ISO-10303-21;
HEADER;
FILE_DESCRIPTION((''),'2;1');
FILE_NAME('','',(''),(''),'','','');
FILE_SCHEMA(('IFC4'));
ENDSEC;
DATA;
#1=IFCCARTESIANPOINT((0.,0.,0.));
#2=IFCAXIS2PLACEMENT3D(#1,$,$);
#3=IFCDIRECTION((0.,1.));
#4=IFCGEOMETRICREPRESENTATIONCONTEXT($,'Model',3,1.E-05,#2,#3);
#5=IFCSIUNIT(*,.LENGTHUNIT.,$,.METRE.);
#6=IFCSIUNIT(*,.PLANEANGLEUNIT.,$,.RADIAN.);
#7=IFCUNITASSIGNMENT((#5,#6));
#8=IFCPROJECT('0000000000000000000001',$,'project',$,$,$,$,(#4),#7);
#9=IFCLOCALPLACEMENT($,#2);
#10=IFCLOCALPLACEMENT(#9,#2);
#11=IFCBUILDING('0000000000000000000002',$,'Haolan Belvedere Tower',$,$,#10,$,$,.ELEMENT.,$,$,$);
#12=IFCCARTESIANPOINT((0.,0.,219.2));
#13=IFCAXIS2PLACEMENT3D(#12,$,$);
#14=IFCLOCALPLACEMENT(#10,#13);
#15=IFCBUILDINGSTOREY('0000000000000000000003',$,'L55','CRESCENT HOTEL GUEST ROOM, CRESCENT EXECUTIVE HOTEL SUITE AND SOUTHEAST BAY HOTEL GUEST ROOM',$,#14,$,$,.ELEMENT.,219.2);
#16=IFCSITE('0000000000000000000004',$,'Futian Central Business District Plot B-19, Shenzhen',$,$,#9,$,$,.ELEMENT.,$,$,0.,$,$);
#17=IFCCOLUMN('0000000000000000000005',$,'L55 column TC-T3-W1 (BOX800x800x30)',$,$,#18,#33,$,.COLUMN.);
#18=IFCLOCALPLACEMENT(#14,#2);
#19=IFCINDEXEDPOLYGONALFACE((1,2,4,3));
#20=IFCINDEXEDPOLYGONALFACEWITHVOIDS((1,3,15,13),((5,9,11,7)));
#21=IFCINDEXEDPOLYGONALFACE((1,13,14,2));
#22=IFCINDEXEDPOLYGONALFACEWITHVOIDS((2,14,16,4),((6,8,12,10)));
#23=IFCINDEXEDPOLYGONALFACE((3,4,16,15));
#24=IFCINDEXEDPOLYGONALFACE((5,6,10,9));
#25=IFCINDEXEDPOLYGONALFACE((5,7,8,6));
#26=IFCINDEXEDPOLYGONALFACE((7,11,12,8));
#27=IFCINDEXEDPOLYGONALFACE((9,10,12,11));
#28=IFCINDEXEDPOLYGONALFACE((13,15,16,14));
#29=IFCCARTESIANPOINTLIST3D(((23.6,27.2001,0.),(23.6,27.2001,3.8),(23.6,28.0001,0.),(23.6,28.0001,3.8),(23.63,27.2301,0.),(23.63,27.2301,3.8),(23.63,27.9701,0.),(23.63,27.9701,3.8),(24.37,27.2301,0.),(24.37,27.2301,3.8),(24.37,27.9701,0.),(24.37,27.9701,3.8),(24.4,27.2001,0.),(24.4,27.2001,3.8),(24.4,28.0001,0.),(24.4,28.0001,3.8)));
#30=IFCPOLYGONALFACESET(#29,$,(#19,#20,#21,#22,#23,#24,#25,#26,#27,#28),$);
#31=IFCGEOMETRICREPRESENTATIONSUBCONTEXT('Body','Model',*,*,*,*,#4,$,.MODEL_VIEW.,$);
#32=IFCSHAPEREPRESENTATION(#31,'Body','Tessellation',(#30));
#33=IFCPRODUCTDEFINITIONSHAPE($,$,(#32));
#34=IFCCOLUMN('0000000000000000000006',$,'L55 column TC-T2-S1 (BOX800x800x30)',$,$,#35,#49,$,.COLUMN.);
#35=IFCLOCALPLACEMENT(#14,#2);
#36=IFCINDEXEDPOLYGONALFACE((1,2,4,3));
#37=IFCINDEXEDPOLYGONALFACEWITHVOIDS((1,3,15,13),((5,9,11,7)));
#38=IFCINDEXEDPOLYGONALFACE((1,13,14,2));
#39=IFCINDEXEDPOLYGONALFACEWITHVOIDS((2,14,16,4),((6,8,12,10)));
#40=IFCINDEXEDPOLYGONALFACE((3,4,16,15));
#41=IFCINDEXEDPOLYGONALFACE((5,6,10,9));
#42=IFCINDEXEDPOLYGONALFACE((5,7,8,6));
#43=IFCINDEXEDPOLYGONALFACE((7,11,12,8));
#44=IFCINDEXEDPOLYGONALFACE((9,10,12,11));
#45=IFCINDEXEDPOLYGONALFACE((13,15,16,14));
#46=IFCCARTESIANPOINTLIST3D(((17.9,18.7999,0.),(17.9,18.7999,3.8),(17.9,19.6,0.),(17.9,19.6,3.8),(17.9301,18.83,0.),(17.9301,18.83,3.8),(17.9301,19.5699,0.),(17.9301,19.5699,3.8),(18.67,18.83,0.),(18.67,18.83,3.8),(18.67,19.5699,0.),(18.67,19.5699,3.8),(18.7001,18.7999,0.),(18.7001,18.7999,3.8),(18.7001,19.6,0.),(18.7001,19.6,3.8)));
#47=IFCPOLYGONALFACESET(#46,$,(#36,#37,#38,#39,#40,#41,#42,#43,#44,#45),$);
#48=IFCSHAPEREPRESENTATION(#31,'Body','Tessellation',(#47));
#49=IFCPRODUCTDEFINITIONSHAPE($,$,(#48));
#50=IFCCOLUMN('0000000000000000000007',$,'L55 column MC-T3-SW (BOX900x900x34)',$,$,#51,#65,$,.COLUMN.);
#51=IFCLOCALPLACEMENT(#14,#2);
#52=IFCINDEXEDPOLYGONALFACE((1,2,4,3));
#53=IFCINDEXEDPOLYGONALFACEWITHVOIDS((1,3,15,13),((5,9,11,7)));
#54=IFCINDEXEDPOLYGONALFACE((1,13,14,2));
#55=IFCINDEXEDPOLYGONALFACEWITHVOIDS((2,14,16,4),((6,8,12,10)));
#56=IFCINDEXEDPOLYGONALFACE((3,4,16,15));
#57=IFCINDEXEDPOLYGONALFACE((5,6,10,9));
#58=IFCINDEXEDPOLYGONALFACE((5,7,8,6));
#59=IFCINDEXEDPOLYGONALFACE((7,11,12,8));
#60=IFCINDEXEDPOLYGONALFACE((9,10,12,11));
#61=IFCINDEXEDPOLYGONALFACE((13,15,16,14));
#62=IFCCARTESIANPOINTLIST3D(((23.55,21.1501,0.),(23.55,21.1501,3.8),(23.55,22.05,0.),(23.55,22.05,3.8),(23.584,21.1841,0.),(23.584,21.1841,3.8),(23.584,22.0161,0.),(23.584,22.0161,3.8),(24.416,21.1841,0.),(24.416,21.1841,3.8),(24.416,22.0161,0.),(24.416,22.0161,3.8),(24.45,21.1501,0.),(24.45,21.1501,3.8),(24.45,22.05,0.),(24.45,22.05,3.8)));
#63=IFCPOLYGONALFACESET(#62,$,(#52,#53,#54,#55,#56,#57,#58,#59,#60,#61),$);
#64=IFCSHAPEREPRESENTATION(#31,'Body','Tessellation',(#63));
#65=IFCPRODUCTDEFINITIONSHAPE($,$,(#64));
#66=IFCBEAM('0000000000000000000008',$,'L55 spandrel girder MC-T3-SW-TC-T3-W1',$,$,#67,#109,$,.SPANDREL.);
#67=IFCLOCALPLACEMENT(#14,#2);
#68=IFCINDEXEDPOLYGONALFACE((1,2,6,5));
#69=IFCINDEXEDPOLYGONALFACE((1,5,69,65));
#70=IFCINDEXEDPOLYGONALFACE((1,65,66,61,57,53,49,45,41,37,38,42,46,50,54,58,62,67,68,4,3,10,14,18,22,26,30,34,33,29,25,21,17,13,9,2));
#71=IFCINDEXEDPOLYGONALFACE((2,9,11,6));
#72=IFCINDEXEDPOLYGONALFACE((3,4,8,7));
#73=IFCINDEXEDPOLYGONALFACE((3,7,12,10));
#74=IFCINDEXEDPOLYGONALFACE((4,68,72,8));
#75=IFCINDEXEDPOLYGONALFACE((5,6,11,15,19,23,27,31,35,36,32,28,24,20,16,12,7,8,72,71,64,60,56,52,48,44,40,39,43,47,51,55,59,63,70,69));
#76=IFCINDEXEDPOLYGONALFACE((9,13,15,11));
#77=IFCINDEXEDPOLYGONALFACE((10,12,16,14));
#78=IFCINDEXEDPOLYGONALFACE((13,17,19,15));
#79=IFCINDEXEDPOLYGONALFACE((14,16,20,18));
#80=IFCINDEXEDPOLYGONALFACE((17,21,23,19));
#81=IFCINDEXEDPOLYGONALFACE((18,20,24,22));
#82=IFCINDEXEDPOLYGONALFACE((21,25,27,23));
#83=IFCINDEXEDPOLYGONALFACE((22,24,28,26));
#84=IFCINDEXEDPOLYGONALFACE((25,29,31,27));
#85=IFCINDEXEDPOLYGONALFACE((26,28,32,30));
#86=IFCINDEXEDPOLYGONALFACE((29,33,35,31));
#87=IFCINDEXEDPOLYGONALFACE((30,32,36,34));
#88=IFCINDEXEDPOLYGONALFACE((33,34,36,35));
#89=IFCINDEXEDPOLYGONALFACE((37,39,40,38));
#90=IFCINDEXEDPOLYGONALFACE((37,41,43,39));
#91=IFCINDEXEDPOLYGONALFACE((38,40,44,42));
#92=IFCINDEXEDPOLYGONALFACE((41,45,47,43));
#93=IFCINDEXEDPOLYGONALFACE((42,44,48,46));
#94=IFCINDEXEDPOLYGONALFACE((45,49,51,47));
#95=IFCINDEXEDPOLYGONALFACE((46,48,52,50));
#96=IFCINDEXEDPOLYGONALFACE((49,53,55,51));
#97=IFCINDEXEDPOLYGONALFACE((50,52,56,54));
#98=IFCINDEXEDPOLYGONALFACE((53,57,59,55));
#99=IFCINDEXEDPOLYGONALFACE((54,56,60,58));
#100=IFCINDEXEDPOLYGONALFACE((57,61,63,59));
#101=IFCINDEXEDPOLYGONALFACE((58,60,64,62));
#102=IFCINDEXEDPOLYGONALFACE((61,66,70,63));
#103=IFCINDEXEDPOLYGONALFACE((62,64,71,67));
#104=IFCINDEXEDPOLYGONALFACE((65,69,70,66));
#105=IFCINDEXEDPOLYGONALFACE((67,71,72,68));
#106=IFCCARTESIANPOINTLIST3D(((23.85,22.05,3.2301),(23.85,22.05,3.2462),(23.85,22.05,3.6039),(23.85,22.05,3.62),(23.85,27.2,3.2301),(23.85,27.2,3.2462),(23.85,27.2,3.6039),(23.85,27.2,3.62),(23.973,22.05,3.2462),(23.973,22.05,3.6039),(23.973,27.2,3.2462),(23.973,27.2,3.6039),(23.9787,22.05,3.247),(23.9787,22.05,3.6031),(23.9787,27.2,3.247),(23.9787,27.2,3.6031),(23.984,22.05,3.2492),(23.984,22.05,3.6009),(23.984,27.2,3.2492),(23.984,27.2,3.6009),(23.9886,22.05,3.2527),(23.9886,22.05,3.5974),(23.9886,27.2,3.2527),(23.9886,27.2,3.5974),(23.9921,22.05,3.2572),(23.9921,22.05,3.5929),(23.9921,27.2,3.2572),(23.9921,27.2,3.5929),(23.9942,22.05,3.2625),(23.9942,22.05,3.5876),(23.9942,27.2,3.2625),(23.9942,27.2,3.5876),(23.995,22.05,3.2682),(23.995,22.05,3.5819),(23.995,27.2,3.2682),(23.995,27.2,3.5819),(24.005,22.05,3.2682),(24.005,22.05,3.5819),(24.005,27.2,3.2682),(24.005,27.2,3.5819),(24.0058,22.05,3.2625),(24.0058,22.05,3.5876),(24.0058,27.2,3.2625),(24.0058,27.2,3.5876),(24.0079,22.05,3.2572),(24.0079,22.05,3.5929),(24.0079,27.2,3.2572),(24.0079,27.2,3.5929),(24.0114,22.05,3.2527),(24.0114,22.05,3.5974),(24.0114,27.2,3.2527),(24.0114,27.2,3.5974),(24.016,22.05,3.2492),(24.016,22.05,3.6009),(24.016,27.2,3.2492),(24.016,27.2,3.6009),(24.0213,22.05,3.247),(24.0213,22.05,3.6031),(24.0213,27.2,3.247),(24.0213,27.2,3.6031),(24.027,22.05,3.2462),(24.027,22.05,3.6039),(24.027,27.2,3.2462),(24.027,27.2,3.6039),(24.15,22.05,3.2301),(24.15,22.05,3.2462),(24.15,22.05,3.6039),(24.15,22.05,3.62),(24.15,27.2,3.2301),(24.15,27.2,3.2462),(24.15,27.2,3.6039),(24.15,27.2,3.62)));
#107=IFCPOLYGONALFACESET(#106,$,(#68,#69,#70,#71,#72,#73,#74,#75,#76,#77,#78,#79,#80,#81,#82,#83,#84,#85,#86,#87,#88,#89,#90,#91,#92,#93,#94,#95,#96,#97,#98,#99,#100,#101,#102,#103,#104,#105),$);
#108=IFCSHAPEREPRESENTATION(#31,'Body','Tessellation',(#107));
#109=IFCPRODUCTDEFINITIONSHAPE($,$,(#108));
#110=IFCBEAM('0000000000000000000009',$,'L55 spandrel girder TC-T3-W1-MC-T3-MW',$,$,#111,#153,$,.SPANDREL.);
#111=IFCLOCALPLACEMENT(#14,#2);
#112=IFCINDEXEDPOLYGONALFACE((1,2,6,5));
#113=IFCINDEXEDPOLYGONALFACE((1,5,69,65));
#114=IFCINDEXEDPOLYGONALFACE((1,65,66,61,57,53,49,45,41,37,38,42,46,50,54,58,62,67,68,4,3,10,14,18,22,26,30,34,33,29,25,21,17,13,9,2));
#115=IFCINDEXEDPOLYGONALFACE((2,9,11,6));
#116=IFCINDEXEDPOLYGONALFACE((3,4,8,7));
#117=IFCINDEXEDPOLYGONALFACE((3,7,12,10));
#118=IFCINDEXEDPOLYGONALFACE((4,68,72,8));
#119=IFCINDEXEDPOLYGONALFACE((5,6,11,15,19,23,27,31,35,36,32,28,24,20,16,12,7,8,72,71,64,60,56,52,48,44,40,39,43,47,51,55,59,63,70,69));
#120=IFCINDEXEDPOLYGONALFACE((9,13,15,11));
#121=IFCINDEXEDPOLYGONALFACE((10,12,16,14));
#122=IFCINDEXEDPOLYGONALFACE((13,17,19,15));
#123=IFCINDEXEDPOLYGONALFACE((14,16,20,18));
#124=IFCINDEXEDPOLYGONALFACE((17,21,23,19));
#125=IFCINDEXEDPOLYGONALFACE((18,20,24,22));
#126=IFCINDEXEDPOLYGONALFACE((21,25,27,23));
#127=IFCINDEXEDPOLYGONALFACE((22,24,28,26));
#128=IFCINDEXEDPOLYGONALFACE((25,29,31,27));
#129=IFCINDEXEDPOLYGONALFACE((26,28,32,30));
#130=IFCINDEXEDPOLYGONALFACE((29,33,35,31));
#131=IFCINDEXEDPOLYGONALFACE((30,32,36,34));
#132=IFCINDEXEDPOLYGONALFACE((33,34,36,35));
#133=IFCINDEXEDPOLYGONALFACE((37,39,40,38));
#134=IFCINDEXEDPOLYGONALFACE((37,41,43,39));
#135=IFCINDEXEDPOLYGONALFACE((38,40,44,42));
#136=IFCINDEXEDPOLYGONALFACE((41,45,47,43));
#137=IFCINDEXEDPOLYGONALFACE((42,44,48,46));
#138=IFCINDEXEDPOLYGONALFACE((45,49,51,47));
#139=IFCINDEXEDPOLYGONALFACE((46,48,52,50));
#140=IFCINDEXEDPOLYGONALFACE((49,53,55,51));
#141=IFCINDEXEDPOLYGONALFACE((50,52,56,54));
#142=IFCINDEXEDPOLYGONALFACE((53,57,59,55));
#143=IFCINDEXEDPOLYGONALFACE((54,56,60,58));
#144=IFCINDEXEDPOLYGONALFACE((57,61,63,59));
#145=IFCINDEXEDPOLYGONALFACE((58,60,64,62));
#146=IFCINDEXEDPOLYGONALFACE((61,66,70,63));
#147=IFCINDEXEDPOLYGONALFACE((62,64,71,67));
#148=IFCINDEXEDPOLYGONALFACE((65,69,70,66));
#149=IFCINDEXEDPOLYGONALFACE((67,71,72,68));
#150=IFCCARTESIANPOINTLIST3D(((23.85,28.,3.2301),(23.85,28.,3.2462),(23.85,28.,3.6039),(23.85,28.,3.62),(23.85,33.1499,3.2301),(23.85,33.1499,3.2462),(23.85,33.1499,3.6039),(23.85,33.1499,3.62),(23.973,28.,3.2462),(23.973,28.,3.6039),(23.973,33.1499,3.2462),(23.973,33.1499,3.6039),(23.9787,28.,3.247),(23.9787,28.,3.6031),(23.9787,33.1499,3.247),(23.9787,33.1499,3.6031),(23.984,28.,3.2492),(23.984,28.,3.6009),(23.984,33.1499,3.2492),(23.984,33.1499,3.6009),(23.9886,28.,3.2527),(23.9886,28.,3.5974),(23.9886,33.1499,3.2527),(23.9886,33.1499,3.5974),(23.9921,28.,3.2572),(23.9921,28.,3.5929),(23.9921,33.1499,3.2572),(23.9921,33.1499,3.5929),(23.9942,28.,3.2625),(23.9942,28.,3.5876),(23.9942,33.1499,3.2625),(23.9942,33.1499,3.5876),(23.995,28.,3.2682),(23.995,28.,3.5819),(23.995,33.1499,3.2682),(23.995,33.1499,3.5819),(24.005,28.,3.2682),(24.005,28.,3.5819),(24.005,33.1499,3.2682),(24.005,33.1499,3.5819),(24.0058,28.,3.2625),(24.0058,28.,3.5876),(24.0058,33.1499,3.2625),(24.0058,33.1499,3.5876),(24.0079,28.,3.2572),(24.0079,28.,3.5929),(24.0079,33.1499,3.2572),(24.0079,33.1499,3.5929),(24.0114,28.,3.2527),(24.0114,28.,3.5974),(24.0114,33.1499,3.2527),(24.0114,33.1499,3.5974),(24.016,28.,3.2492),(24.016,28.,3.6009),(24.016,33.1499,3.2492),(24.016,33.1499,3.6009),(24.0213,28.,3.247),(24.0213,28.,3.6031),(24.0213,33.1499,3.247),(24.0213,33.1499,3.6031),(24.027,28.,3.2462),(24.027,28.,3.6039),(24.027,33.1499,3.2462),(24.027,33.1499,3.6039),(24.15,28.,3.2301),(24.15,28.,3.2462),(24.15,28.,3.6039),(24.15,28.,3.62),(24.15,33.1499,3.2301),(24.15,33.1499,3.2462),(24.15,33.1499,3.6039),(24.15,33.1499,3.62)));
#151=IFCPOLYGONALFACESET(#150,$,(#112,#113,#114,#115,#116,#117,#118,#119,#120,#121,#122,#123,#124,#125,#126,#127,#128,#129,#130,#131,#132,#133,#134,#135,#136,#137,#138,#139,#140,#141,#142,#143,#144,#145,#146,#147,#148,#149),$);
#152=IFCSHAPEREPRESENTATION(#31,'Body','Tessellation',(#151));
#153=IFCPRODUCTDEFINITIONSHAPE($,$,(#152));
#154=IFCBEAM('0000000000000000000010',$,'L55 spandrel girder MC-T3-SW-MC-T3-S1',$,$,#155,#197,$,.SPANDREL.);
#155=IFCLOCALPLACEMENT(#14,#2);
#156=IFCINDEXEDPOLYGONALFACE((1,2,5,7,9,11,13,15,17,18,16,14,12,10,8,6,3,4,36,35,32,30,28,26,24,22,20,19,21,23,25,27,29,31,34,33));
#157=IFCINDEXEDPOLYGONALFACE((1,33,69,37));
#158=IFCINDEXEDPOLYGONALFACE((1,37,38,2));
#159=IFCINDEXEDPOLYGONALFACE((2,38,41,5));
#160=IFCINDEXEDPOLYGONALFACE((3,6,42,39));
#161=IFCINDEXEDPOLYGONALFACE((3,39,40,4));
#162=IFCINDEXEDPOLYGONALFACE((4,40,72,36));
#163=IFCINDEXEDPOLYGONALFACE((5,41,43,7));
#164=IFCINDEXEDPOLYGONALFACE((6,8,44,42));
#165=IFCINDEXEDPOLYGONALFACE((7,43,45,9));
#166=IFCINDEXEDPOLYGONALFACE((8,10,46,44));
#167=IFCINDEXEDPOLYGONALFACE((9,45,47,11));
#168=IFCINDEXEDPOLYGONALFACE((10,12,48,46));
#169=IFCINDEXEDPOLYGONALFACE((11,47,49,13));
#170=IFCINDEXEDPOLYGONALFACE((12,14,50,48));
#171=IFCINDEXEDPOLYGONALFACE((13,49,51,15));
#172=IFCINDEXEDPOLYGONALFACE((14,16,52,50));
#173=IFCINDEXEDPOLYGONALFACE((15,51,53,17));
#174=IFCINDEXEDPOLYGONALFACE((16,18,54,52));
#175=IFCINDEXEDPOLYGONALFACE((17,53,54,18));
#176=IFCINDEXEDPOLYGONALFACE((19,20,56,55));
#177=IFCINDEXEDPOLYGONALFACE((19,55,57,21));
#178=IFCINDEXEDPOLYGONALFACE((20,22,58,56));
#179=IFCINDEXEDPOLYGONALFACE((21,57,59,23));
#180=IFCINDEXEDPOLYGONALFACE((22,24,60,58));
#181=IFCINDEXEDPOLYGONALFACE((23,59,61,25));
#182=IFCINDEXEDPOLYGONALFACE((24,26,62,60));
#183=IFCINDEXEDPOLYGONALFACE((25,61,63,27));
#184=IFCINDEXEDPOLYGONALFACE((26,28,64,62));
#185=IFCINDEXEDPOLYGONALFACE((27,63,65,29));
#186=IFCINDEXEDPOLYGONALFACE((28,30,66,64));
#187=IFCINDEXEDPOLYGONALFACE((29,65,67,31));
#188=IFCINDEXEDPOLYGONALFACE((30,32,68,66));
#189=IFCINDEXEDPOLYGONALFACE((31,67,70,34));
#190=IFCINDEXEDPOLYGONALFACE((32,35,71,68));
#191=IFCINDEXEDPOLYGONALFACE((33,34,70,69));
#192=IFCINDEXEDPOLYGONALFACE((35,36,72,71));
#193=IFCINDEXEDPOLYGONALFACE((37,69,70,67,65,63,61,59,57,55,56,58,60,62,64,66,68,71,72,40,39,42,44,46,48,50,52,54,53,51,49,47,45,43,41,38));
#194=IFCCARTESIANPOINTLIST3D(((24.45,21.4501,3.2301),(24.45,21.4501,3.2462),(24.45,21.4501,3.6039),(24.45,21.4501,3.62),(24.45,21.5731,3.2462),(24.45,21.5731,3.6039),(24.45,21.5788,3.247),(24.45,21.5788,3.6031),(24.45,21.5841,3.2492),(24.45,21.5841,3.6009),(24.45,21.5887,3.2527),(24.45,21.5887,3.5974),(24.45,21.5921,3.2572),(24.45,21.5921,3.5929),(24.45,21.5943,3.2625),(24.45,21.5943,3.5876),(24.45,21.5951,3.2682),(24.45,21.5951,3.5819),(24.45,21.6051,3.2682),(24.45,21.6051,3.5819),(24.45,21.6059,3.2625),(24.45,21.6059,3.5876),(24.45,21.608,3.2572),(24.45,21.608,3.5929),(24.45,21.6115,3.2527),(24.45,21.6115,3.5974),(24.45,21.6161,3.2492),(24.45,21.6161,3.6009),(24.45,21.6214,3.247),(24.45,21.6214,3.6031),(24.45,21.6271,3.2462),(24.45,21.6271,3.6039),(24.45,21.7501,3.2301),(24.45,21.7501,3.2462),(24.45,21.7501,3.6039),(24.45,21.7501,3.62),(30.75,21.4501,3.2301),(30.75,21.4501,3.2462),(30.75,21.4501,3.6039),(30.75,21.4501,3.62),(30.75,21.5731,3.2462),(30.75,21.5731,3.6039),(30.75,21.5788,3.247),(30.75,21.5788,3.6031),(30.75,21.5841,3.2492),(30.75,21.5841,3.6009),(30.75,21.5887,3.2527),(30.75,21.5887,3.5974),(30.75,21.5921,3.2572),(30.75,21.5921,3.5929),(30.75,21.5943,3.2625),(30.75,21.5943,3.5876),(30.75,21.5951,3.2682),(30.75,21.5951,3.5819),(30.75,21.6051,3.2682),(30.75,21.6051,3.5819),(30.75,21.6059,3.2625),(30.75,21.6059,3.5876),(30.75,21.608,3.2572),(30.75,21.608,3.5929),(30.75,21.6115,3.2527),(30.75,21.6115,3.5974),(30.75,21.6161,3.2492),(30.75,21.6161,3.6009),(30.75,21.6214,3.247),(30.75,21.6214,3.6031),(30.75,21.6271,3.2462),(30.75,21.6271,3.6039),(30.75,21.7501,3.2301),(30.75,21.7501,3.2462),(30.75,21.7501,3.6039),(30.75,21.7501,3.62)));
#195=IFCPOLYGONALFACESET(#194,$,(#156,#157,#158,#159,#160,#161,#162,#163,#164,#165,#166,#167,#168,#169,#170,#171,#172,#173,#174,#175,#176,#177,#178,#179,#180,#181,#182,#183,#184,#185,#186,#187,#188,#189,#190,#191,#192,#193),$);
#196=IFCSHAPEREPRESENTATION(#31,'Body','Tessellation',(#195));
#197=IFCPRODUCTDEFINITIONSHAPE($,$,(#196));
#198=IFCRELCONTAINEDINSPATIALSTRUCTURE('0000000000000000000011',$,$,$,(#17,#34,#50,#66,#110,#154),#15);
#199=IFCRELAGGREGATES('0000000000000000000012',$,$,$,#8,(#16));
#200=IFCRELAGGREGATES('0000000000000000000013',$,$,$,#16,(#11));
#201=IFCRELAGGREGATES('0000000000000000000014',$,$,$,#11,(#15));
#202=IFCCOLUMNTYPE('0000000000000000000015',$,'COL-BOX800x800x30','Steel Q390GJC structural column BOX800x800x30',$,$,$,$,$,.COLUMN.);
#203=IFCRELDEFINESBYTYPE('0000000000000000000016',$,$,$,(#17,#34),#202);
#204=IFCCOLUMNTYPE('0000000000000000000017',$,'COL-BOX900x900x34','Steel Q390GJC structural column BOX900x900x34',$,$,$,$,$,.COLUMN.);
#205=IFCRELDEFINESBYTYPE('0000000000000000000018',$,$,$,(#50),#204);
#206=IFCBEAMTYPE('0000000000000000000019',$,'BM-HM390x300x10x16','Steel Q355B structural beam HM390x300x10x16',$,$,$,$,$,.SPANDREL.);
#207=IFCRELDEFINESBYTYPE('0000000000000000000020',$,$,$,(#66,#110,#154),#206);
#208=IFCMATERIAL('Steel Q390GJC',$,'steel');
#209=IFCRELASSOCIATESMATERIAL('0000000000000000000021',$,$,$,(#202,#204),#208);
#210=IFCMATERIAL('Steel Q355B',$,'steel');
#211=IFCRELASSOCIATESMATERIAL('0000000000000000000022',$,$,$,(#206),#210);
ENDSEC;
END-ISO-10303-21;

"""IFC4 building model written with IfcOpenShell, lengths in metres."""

from ifc_helpers import new_model, si_unit, direction, frame, origin, origin_2d, place, context, subcontext, project, spatial, hollow_rectangle, i_section, extrude, material, material_profile, profile_set, type_object, element, save


model = new_model("IFC4")

# Units and contexts
model_context = context("Model", 3, precision=1e-05, world=origin(), true_north=direction((0.0, 1.0)))
body_context = subcontext(model_context, "Body", "Model", "MODEL_VIEW")
ifc_project = project(units=[si_unit("LENGTHUNIT", "METRE"), si_unit("PLANEANGLEUNIT", "RADIAN")], contexts=[model_context])

# Site, building, storey
site_placement = place(None, origin())
site = spatial("IfcSite", under=ifc_project, at=site_placement, Name="Futian Central Business District Plot B-19, Shenzhen", CompositionType="ELEMENT", RefElevation=0.0)
building_placement = place(site_placement, origin())
building = spatial("IfcBuilding", under=site, at=building_placement, Name="Haolan Belvedere Tower", CompositionType="ELEMENT")
storey_placement = place(building_placement, frame((0.0, 0.0, 219.2)))
storey = spatial("IfcBuildingStorey", under=building, at=storey_placement, Name="L55", Description="CRESCENT HOTEL GUEST ROOM, CRESCENT EXECUTIVE HOTEL SUITE AND SOUTHEAST BAY HOTEL GUEST ROOM", CompositionType="ELEMENT", Elevation=219.2)

# Columns
ifc_material_1 = material(Name="Steel Q390GJC", Category="steel")
ifc_material_profile_1 = material_profile(ifc_material_1, hollow_rectangle(XDim=0.8, YDim=0.8, WallThickness=0.03, at=origin_2d()), Name="Steel Q390GJC")
ifc_profile_set_1 = profile_set([ifc_material_profile_1], Name="Steel Q390GJC")
column_type_1 = type_object("IfcColumnType", Name="COL-BOX800x800x30", Description="Steel Q390GJC structural column BOX800x800x30", PredefinedType="COLUMN", material=ifc_profile_set_1)
for number, where, z_axis, x_axis, name in (
    (1, (24.0, 27.6001, 0.0), (0.0, 0.0, 1.0), (1.0, 0.0, 0.0), "L55 column TC-T3-W1 (BOX800x800x30)"),
    (2, (18.3, 19.2, 0.0), (0.0, 0.0, 1.0), (1.0, 0.0, 0.0), "L55 column TC-T2-S1 (BOX800x800x30)"),
):
    element("IfcColumn", number, at=place(storey_placement, frame(where, z_axis=z_axis, x_axis=x_axis)), inside=storey, type_object=column_type_1, Name=name, PredefinedType="COLUMN", context=body_context, shape_type="SweptSolid", body=[
        extrude(hollow_rectangle(XDim=0.8, YDim=0.8, WallThickness=0.03, at=origin_2d()), origin(), (0.0, 0.0, 1.0), 3.8),
    ])
ifc_material_profile_2 = material_profile(ifc_material_1, hollow_rectangle(XDim=0.8999, YDim=0.8999, WallThickness=0.0339, at=origin_2d()), Name="Steel Q390GJC")
ifc_profile_set_2 = profile_set([ifc_material_profile_2], Name="Steel Q390GJC")
column_type_2 = type_object("IfcColumnType", Name="COL-BOX900x900x34", Description="Steel Q390GJC structural column BOX900x900x34", PredefinedType="COLUMN", material=ifc_profile_set_2)
column_placement = place(storey_placement, frame((24.0, 21.6001, 0.0), z_axis=(0.0, 0.0, 1.0), x_axis=(1.0, 0.0, 0.0)))
element("IfcColumn", 3, at=column_placement, inside=storey, type_object=column_type_2, Name="L55 column MC-T3-SW (BOX900x900x34)", PredefinedType="COLUMN", context=body_context, shape_type="SweptSolid", body=[
    extrude(hollow_rectangle(XDim=0.8999, YDim=0.8999, WallThickness=0.0339, at=origin_2d()), origin(), (0.0, 0.0, 1.0), 3.8),
])

# Beams
ifc_material_2 = material(Name="Steel Q355B", Category="steel")
ifc_material_profile_3 = material_profile(ifc_material_2, i_section(OverallWidth=0.3, OverallDepth=0.3899, WebThickness=0.01, FlangeThickness=0.0161, FilletRadius=0.022, at=origin_2d()), Name="Steel Q355B")
ifc_profile_set_3 = profile_set([ifc_material_profile_3], Name="Steel Q355B")
beam_type_1 = type_object("IfcBeamType", Name="BM-HM390x300x10x16", Description="Steel Q355B structural beam HM390x300x10x16", PredefinedType="SPANDREL", material=ifc_profile_set_3)
for number, where, z_axis, x_axis, name in (
    (4, (24.0, 22.05, 3.425), (0.0, 1.0, 0.0), (-1.0, 0.0, 0.0), "L55 spandrel girder MC-T3-SW-TC-T3-W1"),
    (5, (24.0, 28.0, 3.425), (0.0, 1.0, 0.0), (-1.0, 0.0, 0.0), "L55 spandrel girder TC-T3-W1-MC-T3-MW"),
):
    element("IfcBeam", number, at=place(storey_placement, frame(where, z_axis=z_axis, x_axis=x_axis)), inside=storey, type_object=beam_type_1, Name=name, PredefinedType="SPANDREL", context=body_context, shape_type="SweptSolid", body=[
        extrude(i_section(OverallWidth=0.3, OverallDepth=0.3899, WebThickness=0.01, FlangeThickness=0.0161, FilletRadius=0.022, at=origin_2d()), origin(), (0.0, 0.0, 1.0), 5.1499),
    ])
beam_1_placement = place(storey_placement, frame((24.45, 21.6001, 3.425), z_axis=(1.0, 0.0, 0.0), x_axis=(0.0, 1.0, 0.0)))
element("IfcBeam", 6, at=beam_1_placement, inside=storey, type_object=beam_type_1, Name="L55 spandrel girder MC-T3-SW-MC-T3-S1", PredefinedType="SPANDREL", context=body_context, shape_type="SweptSolid", body=[
    extrude(i_section(OverallWidth=0.3, OverallDepth=0.3899, WebThickness=0.01, FlangeThickness=0.0161, FilletRadius=0.022, at=origin_2d()), origin(), (0.0, 0.0, 1.0), 6.3),
])

save(model, "model.ifc")
